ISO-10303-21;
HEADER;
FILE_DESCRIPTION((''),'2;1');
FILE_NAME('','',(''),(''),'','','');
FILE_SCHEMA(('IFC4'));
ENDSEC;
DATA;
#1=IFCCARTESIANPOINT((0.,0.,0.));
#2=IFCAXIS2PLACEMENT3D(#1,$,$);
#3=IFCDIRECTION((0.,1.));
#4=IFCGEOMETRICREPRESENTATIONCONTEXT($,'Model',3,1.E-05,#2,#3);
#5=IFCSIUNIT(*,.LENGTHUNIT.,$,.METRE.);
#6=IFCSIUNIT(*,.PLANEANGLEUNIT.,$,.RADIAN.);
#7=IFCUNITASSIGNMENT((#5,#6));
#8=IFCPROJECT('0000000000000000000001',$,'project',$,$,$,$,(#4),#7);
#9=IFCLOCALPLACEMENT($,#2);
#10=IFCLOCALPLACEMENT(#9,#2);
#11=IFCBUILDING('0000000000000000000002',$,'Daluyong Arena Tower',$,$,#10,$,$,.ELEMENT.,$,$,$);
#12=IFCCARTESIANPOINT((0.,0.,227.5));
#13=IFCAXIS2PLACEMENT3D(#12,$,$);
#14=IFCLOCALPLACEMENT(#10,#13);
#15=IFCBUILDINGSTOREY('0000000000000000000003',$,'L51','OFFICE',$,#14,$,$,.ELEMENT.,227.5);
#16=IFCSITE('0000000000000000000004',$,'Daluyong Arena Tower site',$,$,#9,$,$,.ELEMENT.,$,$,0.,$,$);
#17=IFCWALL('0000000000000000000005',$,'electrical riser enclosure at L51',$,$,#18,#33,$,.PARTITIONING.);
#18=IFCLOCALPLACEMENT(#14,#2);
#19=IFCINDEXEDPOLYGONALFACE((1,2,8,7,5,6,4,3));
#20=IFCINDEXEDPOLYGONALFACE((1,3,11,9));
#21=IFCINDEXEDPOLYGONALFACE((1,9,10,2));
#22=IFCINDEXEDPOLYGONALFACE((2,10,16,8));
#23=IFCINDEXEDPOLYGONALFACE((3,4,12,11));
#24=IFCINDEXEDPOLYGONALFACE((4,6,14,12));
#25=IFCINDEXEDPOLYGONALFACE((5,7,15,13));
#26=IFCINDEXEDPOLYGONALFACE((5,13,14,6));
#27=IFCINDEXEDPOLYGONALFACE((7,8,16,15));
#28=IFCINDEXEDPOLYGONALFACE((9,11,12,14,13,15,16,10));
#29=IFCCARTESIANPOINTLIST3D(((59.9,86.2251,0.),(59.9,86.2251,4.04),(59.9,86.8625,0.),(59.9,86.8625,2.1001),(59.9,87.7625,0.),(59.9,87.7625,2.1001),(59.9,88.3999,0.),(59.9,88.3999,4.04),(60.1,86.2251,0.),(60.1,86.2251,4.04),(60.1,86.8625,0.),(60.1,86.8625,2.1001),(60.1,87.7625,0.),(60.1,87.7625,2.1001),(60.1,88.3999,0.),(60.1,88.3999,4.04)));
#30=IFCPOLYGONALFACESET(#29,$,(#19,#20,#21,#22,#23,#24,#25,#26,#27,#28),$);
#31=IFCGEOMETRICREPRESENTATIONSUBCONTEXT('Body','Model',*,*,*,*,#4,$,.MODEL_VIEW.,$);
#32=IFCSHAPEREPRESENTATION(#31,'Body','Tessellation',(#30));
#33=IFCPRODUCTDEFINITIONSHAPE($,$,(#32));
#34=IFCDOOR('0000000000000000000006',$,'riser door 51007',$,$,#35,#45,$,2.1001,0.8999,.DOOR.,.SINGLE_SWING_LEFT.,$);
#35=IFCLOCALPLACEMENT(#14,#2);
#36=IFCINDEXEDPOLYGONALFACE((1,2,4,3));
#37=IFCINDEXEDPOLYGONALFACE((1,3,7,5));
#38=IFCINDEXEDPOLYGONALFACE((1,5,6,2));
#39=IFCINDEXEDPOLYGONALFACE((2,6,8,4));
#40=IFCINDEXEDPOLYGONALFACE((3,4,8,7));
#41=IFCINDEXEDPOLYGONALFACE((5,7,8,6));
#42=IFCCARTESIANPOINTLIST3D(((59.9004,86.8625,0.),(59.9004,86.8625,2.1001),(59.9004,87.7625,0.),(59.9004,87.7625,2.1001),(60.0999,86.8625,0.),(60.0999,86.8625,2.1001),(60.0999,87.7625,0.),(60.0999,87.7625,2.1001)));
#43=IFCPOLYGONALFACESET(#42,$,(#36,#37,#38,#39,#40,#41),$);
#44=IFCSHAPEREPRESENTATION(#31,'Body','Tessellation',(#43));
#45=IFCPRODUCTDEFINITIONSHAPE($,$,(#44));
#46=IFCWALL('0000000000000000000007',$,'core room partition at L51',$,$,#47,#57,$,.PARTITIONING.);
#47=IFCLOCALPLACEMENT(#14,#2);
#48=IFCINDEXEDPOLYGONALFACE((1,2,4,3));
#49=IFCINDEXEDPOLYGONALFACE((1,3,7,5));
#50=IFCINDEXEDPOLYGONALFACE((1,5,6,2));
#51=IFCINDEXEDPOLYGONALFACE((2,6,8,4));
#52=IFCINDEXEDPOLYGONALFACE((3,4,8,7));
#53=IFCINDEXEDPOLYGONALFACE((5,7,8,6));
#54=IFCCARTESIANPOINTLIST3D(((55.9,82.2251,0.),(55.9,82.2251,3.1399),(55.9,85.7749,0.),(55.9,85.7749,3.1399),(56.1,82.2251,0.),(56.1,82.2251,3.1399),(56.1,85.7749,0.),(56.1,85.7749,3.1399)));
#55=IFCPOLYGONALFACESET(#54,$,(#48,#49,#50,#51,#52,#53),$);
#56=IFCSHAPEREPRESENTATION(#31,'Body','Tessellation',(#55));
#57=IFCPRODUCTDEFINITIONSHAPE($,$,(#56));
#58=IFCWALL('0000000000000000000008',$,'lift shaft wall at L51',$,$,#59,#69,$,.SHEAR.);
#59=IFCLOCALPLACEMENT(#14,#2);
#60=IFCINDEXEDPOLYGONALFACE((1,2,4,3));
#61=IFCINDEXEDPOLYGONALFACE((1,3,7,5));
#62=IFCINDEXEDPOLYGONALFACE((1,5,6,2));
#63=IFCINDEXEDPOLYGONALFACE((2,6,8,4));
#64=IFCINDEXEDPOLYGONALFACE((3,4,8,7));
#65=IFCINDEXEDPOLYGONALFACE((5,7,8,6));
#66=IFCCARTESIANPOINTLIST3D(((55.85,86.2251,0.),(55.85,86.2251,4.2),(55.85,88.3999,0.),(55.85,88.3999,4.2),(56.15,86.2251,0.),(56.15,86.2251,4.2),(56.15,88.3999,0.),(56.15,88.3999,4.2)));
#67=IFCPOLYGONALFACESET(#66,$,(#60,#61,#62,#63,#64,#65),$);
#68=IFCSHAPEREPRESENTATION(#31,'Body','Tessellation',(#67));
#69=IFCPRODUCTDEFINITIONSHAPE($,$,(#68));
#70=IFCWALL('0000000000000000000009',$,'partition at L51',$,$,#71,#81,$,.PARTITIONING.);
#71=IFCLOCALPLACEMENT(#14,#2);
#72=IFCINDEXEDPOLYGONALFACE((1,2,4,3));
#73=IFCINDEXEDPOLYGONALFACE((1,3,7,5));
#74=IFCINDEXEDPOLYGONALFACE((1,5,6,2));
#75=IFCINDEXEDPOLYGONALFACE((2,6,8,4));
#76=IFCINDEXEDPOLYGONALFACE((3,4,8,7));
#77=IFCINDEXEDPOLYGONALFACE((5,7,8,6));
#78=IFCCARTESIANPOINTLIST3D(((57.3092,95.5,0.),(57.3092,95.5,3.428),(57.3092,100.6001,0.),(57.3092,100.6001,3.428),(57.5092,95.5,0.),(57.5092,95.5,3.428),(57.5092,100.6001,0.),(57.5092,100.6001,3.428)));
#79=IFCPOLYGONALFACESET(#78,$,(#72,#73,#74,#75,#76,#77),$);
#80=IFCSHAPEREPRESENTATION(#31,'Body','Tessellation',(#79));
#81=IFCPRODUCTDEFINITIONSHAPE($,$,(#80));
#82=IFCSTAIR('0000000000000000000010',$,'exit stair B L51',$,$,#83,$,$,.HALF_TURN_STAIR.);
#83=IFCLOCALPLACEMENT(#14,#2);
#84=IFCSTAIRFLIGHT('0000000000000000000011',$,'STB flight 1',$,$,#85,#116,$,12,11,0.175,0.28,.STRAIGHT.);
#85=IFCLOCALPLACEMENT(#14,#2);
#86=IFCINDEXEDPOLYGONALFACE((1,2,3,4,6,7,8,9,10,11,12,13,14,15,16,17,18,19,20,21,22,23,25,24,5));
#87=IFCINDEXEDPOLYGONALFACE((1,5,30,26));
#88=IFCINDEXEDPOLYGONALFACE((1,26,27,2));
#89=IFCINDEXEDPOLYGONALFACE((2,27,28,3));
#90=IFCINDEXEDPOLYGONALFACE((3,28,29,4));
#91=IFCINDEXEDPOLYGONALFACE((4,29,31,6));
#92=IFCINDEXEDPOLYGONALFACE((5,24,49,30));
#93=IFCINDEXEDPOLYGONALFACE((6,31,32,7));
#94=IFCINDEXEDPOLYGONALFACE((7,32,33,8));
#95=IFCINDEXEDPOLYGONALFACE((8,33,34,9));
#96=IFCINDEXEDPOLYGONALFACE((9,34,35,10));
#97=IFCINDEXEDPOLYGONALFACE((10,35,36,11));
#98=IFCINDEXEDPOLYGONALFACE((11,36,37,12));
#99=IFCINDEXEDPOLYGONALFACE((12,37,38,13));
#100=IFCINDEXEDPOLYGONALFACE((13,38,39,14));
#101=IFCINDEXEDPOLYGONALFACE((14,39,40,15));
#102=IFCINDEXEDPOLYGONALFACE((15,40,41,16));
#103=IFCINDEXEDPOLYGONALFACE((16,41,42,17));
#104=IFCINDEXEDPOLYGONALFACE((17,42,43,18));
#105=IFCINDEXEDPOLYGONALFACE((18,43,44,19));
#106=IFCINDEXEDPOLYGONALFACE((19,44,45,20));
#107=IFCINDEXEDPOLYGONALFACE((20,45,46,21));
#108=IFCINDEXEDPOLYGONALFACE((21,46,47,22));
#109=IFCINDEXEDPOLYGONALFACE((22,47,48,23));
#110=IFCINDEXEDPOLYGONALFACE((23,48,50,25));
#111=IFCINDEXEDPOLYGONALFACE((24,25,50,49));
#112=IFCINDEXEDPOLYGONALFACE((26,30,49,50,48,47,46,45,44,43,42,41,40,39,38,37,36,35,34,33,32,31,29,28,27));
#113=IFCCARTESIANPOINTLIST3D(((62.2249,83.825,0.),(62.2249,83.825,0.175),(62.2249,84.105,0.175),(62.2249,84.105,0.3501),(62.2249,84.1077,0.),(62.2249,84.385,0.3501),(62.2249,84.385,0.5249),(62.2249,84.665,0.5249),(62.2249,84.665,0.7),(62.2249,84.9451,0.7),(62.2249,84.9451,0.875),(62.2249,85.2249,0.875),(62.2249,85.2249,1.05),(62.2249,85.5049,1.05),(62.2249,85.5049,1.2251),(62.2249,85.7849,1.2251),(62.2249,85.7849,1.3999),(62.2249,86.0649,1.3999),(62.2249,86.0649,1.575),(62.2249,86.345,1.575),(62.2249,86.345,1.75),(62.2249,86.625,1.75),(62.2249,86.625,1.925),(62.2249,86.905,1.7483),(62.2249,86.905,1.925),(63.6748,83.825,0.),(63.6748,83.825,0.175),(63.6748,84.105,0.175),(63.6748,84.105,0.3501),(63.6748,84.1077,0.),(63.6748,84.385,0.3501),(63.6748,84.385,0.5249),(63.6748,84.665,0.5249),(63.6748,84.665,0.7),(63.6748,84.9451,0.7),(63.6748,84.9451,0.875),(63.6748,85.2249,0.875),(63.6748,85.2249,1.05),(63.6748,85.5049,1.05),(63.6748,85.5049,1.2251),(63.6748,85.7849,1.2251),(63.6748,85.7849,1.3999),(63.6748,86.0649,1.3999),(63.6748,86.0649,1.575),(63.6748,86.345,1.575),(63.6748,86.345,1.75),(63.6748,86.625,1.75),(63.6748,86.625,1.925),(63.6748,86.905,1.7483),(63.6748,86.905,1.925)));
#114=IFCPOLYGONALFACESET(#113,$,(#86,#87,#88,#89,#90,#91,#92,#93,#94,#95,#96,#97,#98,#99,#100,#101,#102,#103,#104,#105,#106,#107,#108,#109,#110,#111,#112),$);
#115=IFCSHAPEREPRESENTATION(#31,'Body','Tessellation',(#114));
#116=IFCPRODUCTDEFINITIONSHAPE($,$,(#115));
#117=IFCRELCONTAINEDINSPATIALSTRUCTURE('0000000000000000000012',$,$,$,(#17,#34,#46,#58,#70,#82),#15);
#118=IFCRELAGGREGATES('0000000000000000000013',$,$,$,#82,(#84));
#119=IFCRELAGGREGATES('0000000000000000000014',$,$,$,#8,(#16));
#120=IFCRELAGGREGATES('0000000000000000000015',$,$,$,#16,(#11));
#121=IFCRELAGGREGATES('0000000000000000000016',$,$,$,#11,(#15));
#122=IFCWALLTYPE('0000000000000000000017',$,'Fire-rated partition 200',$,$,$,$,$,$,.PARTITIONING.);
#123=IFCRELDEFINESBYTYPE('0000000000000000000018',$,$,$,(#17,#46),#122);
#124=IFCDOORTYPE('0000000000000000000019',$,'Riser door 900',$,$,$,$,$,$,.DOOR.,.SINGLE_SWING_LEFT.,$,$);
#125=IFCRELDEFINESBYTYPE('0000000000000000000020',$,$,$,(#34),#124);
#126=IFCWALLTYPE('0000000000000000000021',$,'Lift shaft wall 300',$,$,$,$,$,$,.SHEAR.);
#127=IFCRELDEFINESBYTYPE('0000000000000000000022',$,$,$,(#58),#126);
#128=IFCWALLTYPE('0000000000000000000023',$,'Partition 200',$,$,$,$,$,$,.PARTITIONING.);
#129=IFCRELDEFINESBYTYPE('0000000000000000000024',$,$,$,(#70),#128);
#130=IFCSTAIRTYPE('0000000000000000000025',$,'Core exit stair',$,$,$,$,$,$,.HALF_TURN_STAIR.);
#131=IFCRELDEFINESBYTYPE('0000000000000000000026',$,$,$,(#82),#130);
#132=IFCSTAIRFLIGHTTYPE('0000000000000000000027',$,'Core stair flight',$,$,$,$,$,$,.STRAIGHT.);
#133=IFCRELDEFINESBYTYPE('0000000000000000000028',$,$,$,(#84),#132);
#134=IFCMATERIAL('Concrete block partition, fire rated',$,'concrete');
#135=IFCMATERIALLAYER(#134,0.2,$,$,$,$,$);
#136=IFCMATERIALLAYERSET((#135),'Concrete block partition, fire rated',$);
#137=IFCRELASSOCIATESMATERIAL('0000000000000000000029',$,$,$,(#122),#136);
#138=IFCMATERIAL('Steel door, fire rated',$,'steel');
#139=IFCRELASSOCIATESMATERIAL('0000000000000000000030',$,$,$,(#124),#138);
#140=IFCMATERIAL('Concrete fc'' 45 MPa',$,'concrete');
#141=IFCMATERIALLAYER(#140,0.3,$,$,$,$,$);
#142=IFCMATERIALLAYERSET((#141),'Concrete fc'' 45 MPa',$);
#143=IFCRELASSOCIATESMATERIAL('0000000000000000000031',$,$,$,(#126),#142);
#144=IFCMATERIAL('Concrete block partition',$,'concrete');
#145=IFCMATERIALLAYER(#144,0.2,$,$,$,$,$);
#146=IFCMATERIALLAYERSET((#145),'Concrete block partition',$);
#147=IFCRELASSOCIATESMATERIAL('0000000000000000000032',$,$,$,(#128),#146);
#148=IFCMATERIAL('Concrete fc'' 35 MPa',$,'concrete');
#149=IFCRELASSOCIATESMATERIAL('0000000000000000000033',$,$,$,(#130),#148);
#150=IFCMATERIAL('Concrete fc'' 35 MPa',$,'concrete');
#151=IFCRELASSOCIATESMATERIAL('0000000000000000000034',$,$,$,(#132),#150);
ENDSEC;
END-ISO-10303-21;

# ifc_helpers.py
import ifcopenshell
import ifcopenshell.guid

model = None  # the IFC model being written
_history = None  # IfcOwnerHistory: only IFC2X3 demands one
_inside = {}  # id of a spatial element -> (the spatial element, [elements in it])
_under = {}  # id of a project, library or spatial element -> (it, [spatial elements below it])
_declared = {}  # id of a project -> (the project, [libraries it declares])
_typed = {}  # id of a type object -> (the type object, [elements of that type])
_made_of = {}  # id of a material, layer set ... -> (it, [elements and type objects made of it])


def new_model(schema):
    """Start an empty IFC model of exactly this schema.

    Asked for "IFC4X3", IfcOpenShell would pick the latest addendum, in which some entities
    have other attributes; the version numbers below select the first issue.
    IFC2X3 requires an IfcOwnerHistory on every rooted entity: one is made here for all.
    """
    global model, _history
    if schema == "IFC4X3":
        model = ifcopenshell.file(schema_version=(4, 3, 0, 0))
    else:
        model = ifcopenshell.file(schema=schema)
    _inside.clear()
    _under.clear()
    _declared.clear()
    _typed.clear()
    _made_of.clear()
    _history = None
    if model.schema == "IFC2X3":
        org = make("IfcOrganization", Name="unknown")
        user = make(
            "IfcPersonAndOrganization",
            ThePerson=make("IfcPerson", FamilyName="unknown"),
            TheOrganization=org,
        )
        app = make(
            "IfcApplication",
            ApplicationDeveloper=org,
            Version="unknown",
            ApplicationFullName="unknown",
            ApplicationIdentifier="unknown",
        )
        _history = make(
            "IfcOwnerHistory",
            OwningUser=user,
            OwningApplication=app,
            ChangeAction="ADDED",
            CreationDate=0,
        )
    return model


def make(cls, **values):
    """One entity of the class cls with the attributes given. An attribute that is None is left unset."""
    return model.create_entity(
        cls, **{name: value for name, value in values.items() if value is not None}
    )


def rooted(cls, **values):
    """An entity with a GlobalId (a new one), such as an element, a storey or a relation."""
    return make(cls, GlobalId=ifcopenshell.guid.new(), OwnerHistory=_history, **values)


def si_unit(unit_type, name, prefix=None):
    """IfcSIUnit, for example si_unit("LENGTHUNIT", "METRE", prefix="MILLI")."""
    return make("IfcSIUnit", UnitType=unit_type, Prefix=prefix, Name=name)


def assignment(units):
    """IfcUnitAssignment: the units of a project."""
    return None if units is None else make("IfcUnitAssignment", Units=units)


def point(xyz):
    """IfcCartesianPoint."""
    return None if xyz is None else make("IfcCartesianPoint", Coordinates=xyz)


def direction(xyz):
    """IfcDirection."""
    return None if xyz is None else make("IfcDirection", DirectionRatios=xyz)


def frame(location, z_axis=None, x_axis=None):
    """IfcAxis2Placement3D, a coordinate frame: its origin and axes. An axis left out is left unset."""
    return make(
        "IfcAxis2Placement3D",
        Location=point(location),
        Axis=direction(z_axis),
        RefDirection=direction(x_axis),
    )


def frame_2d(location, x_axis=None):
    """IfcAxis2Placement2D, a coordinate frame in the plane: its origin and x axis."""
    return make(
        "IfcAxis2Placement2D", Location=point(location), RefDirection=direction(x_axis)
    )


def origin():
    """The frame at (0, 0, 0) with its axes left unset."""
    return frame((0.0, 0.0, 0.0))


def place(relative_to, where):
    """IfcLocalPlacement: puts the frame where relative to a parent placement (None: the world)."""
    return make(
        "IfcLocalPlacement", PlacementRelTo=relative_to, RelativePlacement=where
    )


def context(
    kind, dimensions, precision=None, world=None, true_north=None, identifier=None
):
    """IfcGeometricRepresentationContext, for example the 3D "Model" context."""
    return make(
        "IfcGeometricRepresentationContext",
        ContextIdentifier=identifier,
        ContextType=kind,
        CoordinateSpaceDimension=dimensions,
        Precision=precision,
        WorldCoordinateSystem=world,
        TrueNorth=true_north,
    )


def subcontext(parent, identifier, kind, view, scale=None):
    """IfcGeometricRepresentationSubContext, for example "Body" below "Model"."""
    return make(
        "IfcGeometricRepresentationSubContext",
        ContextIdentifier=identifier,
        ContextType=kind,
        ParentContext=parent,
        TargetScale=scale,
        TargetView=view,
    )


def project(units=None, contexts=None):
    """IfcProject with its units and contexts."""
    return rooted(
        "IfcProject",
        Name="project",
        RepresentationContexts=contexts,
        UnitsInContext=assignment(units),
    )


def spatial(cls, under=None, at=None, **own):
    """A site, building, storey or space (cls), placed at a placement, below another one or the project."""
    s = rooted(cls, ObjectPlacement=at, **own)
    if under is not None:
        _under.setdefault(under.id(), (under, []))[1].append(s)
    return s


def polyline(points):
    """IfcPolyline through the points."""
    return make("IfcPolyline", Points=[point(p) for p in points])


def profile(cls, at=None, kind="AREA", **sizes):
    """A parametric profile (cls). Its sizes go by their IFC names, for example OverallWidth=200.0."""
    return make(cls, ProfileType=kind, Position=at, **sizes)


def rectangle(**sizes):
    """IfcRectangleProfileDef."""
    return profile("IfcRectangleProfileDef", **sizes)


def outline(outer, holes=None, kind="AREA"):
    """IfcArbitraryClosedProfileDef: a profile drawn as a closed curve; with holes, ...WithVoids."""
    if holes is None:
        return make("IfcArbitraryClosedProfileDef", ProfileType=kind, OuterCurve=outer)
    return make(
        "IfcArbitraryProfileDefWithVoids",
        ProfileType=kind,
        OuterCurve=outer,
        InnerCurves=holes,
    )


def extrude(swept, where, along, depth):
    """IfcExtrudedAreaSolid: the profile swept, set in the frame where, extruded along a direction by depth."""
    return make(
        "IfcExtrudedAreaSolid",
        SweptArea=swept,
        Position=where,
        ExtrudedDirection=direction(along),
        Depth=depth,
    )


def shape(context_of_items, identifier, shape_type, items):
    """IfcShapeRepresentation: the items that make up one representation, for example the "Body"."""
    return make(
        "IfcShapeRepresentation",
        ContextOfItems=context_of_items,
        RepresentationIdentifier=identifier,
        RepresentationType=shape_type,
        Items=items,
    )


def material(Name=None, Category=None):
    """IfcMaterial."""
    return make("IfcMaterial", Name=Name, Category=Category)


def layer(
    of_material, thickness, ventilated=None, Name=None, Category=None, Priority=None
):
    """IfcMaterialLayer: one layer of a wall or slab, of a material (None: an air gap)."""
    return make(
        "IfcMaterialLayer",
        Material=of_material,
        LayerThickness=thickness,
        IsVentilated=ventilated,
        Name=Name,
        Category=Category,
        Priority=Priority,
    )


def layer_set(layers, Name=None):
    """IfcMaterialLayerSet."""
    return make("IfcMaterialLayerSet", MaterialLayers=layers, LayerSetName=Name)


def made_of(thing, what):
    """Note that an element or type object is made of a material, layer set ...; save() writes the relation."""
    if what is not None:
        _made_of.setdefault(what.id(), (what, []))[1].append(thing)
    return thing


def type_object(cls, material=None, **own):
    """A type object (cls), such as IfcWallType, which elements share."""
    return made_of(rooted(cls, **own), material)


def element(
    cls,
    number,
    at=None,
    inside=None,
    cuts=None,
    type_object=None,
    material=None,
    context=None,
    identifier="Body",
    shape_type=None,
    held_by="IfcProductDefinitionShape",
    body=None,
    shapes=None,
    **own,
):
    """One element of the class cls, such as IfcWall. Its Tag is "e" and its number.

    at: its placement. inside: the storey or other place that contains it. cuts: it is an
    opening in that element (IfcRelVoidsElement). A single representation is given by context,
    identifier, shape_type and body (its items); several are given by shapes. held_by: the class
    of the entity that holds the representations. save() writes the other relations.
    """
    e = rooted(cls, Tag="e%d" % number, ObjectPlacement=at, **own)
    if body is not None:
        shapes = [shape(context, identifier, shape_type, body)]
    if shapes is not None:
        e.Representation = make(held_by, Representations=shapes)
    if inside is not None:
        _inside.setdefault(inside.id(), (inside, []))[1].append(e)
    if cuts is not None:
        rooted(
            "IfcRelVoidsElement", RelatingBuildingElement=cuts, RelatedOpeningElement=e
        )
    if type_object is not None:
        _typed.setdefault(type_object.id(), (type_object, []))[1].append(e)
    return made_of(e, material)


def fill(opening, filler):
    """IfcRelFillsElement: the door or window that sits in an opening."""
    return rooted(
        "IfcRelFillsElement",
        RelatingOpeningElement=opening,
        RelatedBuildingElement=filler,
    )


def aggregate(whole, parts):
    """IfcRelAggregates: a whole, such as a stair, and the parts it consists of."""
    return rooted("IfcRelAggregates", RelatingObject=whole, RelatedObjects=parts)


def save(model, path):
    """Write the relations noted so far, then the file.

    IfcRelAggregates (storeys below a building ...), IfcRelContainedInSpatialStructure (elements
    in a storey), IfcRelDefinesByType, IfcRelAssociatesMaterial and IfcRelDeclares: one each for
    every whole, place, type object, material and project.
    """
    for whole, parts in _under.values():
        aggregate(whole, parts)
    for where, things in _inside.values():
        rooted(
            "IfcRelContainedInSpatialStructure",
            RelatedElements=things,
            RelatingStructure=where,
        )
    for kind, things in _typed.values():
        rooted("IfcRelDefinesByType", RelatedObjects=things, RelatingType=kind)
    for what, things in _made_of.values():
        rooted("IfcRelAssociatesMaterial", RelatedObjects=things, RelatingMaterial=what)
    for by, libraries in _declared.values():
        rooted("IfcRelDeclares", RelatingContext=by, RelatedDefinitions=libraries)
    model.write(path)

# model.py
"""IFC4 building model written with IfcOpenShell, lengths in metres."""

from ifc_helpers import new_model, si_unit, direction, frame, frame_2d, origin, place, context, subcontext, project, spatial, polyline, rectangle, outline, extrude, material, layer, layer_set, type_object, element, fill, aggregate, save


model = new_model("IFC4")

# Units and contexts
model_context = context("Model", 3, precision=1e-05, world=origin(), true_north=direction((0.0, 1.0)))
body_context = subcontext(model_context, "Body", "Model", "MODEL_VIEW")
ifc_project = project(units=[si_unit("LENGTHUNIT", "METRE"), si_unit("PLANEANGLEUNIT", "RADIAN")], contexts=[model_context])

# Site, building, storey
site_placement = place(None, origin())
site = spatial("IfcSite", under=ifc_project, at=site_placement, Name="Daluyong Arena Tower site", CompositionType="ELEMENT", RefElevation=0.0)
building_placement = place(site_placement, origin())
building = spatial("IfcBuilding", under=site, at=building_placement, Name="Daluyong Arena Tower", CompositionType="ELEMENT")
storey_placement = place(building_placement, frame((0.0, 0.0, 227.5)))
storey = spatial("IfcBuildingStorey", under=building, at=storey_placement, Name="L51", Description="OFFICE", CompositionType="ELEMENT", Elevation=227.5)

# Wall, opening, door
ifc_material_1 = material(Name="Concrete block partition, fire rated", Category="concrete")
ifc_layer_1 = layer(ifc_material_1, 0.2)
ifc_layer_set_1 = layer_set([ifc_layer_1], Name="Concrete block partition, fire rated")
wall_type_1 = type_object("IfcWallType", Name="Fire-rated partition 200", PredefinedType="PARTITIONING", material=ifc_layer_set_1)
wall_1_placement = place(storey_placement, frame((60.0, 86.2251, 0.0), z_axis=(0.0, 0.0, 1.0), x_axis=(0.0, 1.0, 0.0)))
wall_1 = element("IfcWall", 1, at=wall_1_placement, inside=storey, type_object=wall_type_1, Name="electrical riser enclosure at L51", PredefinedType="PARTITIONING", context=body_context, shape_type="SweptSolid", body=[
    extrude(rectangle(XDim=2.1748, YDim=0.2, at=frame_2d((1.0874, 0.0))), origin(), (0.0, 0.0, 1.0), 4.04),
])
opening_1_placement = place(wall_1_placement, frame((0.6375, 0.0, 0.0)))
opening_1 = element("IfcOpeningElement", 2, at=opening_1_placement, cuts=wall_1, PredefinedType="OPENING", context=body_context, shape_type="SweptSolid", body=[
    extrude(rectangle(XDim=0.8999, YDim=2.1001, at=frame_2d((0.45, 1.05))), frame((0.0, 0.1099, 0.0), z_axis=(0.0, -1.0, 0.0), x_axis=(1.0, 0.0, 0.0)), (0.0, 0.0, 1.0), 0.22),
])
ifc_material_2 = material(Name="Steel door, fire rated", Category="steel")
door_type_1 = type_object("IfcDoorType", Name="Riser door 900", OperationType="SINGLE_SWING_LEFT", PredefinedType="DOOR", material=ifc_material_2)
door_1_placement = place(opening_1_placement, origin())
door_1 = element("IfcDoor", 3, at=door_1_placement, inside=storey, type_object=door_type_1, Name="riser door 51007", OperationType="SINGLE_SWING_LEFT", OverallHeight=2.1001, OverallWidth=0.8999, PredefinedType="DOOR", context=body_context, shape_type="SweptSolid", body=[
    extrude(rectangle(XDim=0.8999, YDim=2.1001, at=frame_2d((0.45, 1.05))), frame((0.0, 0.0996, 0.0), z_axis=(0.0, -1.0, 0.0), x_axis=(1.0, 0.0, 0.0)), (0.0, 0.0, 1.0), 0.1995),
])
fill(opening_1, door_1)

# Walls
wall_2_placement = place(storey_placement, frame((56.0, 82.2251, 0.0), z_axis=(0.0, 0.0, 1.0), x_axis=(0.0, 1.0, 0.0)))
element("IfcWall", 4, at=wall_2_placement, inside=storey, type_object=wall_type_1, Name="core room partition at L51", PredefinedType="PARTITIONING", context=body_context, shape_type="SweptSolid", body=[
    extrude(rectangle(XDim=3.5498, YDim=0.2, at=frame_2d((1.7749, 0.0))), origin(), (0.0, 0.0, 1.0), 3.1399),
])
ifc_material_3 = material(Name="Concrete fc' 45 MPa", Category="concrete")
ifc_layer_2 = layer(ifc_material_3, 0.3)
ifc_layer_set_2 = layer_set([ifc_layer_2], Name="Concrete fc' 45 MPa")
wall_type_2 = type_object("IfcWallType", Name="Lift shaft wall 300", PredefinedType="SHEAR", material=ifc_layer_set_2)
wall_3_placement = place(storey_placement, frame((56.0, 86.2251, 0.0), z_axis=(0.0, 0.0, 1.0), x_axis=(0.0, 1.0, 0.0)))
element("IfcWall", 5, at=wall_3_placement, inside=storey, type_object=wall_type_2, Name="lift shaft wall at L51", PredefinedType="SHEAR", context=body_context, shape_type="SweptSolid", body=[
    extrude(rectangle(XDim=2.1748, YDim=0.3, at=frame_2d((1.0874, 0.0))), origin(), (0.0, 0.0, 1.0), 4.2),
])
ifc_material_4 = material(Name="Concrete block partition", Category="concrete")
ifc_layer_3 = layer(ifc_material_4, 0.2)
ifc_layer_set_3 = layer_set([ifc_layer_3], Name="Concrete block partition")
wall_type_3 = type_object("IfcWallType", Name="Partition 200", PredefinedType="PARTITIONING", material=ifc_layer_set_3)
wall_4_placement = place(storey_placement, frame((57.4092, 95.5, 0.0), z_axis=(0.0, 0.0, 1.0), x_axis=(0.0, 1.0, 0.0)))
element("IfcWall", 6, at=wall_4_placement, inside=storey, type_object=wall_type_3, Name="partition at L51", PredefinedType="PARTITIONING", context=body_context, shape_type="SweptSolid", body=[
    extrude(rectangle(XDim=5.1001, YDim=0.2, at=frame_2d((2.55, 0.0))), origin(), (0.0, 0.0, 1.0), 3.428),
])

# Stair, stair flight
ifc_material_5 = material(Name="Concrete fc' 35 MPa", Category="concrete")
stair_type = type_object("IfcStairType", Name="Core exit stair", PredefinedType="HALF_TURN_STAIR", material=ifc_material_5)
stair_placement = place(storey_placement, origin())
stair = element("IfcStair", 7, at=stair_placement, inside=storey, type_object=stair_type, Name="exit stair B L51", PredefinedType="HALF_TURN_STAIR")
ifc_material_6 = material(Name="Concrete fc' 35 MPa", Category="concrete")
stair_flight_type = type_object("IfcStairFlightType", Name="Core stair flight", PredefinedType="STRAIGHT", material=ifc_material_6)
stair_flight_placement = place(storey_placement, frame((62.95, 83.825, 0.0), z_axis=(0.0, 0.0, 1.0), x_axis=(0.0, 1.0, 0.0)))
stair_flight = element("IfcStairFlight", 8, at=stair_flight_placement, type_object=stair_flight_type, Name="STB flight 1", NumberOfRisers=12, NumberOfTreads=11, PredefinedType="STRAIGHT", RiserHeight=0.175, TreadLength=0.28, context=body_context, shape_type="SweptSolid", body=[
    extrude(outline(polyline([(0.0, 0.0), (0.0, 0.175), (0.28, 0.175), (0.28, 0.3501), (0.5601, 0.3501), (0.5601, 0.5249), (0.8401, 0.5249), (0.8401, 0.7), (1.1201, 0.7), (1.1201, 0.875), (1.3999, 0.875), (1.3999, 1.05), (1.6799, 1.05), (1.6799, 1.2251), (1.96, 1.2251), (1.96, 1.3999), (2.24, 1.3999), (2.24, 1.575), (2.52, 1.575), (2.52, 1.75), (2.8, 1.75), (2.8, 1.925), (3.0801, 1.925), (3.0801, 2.1001), (3.0801, 1.7483), (0.2827, 0.0), (0.0, 0.0)])), frame((0.0, 0.7251, 0.0), z_axis=(0.0, -1.0, 0.0), x_axis=(1.0, 0.0, 0.0)), (0.0, 0.0, 1.0), 1.45),
])
aggregate(stair, [stair_flight])

save(model, "model.ifc")
